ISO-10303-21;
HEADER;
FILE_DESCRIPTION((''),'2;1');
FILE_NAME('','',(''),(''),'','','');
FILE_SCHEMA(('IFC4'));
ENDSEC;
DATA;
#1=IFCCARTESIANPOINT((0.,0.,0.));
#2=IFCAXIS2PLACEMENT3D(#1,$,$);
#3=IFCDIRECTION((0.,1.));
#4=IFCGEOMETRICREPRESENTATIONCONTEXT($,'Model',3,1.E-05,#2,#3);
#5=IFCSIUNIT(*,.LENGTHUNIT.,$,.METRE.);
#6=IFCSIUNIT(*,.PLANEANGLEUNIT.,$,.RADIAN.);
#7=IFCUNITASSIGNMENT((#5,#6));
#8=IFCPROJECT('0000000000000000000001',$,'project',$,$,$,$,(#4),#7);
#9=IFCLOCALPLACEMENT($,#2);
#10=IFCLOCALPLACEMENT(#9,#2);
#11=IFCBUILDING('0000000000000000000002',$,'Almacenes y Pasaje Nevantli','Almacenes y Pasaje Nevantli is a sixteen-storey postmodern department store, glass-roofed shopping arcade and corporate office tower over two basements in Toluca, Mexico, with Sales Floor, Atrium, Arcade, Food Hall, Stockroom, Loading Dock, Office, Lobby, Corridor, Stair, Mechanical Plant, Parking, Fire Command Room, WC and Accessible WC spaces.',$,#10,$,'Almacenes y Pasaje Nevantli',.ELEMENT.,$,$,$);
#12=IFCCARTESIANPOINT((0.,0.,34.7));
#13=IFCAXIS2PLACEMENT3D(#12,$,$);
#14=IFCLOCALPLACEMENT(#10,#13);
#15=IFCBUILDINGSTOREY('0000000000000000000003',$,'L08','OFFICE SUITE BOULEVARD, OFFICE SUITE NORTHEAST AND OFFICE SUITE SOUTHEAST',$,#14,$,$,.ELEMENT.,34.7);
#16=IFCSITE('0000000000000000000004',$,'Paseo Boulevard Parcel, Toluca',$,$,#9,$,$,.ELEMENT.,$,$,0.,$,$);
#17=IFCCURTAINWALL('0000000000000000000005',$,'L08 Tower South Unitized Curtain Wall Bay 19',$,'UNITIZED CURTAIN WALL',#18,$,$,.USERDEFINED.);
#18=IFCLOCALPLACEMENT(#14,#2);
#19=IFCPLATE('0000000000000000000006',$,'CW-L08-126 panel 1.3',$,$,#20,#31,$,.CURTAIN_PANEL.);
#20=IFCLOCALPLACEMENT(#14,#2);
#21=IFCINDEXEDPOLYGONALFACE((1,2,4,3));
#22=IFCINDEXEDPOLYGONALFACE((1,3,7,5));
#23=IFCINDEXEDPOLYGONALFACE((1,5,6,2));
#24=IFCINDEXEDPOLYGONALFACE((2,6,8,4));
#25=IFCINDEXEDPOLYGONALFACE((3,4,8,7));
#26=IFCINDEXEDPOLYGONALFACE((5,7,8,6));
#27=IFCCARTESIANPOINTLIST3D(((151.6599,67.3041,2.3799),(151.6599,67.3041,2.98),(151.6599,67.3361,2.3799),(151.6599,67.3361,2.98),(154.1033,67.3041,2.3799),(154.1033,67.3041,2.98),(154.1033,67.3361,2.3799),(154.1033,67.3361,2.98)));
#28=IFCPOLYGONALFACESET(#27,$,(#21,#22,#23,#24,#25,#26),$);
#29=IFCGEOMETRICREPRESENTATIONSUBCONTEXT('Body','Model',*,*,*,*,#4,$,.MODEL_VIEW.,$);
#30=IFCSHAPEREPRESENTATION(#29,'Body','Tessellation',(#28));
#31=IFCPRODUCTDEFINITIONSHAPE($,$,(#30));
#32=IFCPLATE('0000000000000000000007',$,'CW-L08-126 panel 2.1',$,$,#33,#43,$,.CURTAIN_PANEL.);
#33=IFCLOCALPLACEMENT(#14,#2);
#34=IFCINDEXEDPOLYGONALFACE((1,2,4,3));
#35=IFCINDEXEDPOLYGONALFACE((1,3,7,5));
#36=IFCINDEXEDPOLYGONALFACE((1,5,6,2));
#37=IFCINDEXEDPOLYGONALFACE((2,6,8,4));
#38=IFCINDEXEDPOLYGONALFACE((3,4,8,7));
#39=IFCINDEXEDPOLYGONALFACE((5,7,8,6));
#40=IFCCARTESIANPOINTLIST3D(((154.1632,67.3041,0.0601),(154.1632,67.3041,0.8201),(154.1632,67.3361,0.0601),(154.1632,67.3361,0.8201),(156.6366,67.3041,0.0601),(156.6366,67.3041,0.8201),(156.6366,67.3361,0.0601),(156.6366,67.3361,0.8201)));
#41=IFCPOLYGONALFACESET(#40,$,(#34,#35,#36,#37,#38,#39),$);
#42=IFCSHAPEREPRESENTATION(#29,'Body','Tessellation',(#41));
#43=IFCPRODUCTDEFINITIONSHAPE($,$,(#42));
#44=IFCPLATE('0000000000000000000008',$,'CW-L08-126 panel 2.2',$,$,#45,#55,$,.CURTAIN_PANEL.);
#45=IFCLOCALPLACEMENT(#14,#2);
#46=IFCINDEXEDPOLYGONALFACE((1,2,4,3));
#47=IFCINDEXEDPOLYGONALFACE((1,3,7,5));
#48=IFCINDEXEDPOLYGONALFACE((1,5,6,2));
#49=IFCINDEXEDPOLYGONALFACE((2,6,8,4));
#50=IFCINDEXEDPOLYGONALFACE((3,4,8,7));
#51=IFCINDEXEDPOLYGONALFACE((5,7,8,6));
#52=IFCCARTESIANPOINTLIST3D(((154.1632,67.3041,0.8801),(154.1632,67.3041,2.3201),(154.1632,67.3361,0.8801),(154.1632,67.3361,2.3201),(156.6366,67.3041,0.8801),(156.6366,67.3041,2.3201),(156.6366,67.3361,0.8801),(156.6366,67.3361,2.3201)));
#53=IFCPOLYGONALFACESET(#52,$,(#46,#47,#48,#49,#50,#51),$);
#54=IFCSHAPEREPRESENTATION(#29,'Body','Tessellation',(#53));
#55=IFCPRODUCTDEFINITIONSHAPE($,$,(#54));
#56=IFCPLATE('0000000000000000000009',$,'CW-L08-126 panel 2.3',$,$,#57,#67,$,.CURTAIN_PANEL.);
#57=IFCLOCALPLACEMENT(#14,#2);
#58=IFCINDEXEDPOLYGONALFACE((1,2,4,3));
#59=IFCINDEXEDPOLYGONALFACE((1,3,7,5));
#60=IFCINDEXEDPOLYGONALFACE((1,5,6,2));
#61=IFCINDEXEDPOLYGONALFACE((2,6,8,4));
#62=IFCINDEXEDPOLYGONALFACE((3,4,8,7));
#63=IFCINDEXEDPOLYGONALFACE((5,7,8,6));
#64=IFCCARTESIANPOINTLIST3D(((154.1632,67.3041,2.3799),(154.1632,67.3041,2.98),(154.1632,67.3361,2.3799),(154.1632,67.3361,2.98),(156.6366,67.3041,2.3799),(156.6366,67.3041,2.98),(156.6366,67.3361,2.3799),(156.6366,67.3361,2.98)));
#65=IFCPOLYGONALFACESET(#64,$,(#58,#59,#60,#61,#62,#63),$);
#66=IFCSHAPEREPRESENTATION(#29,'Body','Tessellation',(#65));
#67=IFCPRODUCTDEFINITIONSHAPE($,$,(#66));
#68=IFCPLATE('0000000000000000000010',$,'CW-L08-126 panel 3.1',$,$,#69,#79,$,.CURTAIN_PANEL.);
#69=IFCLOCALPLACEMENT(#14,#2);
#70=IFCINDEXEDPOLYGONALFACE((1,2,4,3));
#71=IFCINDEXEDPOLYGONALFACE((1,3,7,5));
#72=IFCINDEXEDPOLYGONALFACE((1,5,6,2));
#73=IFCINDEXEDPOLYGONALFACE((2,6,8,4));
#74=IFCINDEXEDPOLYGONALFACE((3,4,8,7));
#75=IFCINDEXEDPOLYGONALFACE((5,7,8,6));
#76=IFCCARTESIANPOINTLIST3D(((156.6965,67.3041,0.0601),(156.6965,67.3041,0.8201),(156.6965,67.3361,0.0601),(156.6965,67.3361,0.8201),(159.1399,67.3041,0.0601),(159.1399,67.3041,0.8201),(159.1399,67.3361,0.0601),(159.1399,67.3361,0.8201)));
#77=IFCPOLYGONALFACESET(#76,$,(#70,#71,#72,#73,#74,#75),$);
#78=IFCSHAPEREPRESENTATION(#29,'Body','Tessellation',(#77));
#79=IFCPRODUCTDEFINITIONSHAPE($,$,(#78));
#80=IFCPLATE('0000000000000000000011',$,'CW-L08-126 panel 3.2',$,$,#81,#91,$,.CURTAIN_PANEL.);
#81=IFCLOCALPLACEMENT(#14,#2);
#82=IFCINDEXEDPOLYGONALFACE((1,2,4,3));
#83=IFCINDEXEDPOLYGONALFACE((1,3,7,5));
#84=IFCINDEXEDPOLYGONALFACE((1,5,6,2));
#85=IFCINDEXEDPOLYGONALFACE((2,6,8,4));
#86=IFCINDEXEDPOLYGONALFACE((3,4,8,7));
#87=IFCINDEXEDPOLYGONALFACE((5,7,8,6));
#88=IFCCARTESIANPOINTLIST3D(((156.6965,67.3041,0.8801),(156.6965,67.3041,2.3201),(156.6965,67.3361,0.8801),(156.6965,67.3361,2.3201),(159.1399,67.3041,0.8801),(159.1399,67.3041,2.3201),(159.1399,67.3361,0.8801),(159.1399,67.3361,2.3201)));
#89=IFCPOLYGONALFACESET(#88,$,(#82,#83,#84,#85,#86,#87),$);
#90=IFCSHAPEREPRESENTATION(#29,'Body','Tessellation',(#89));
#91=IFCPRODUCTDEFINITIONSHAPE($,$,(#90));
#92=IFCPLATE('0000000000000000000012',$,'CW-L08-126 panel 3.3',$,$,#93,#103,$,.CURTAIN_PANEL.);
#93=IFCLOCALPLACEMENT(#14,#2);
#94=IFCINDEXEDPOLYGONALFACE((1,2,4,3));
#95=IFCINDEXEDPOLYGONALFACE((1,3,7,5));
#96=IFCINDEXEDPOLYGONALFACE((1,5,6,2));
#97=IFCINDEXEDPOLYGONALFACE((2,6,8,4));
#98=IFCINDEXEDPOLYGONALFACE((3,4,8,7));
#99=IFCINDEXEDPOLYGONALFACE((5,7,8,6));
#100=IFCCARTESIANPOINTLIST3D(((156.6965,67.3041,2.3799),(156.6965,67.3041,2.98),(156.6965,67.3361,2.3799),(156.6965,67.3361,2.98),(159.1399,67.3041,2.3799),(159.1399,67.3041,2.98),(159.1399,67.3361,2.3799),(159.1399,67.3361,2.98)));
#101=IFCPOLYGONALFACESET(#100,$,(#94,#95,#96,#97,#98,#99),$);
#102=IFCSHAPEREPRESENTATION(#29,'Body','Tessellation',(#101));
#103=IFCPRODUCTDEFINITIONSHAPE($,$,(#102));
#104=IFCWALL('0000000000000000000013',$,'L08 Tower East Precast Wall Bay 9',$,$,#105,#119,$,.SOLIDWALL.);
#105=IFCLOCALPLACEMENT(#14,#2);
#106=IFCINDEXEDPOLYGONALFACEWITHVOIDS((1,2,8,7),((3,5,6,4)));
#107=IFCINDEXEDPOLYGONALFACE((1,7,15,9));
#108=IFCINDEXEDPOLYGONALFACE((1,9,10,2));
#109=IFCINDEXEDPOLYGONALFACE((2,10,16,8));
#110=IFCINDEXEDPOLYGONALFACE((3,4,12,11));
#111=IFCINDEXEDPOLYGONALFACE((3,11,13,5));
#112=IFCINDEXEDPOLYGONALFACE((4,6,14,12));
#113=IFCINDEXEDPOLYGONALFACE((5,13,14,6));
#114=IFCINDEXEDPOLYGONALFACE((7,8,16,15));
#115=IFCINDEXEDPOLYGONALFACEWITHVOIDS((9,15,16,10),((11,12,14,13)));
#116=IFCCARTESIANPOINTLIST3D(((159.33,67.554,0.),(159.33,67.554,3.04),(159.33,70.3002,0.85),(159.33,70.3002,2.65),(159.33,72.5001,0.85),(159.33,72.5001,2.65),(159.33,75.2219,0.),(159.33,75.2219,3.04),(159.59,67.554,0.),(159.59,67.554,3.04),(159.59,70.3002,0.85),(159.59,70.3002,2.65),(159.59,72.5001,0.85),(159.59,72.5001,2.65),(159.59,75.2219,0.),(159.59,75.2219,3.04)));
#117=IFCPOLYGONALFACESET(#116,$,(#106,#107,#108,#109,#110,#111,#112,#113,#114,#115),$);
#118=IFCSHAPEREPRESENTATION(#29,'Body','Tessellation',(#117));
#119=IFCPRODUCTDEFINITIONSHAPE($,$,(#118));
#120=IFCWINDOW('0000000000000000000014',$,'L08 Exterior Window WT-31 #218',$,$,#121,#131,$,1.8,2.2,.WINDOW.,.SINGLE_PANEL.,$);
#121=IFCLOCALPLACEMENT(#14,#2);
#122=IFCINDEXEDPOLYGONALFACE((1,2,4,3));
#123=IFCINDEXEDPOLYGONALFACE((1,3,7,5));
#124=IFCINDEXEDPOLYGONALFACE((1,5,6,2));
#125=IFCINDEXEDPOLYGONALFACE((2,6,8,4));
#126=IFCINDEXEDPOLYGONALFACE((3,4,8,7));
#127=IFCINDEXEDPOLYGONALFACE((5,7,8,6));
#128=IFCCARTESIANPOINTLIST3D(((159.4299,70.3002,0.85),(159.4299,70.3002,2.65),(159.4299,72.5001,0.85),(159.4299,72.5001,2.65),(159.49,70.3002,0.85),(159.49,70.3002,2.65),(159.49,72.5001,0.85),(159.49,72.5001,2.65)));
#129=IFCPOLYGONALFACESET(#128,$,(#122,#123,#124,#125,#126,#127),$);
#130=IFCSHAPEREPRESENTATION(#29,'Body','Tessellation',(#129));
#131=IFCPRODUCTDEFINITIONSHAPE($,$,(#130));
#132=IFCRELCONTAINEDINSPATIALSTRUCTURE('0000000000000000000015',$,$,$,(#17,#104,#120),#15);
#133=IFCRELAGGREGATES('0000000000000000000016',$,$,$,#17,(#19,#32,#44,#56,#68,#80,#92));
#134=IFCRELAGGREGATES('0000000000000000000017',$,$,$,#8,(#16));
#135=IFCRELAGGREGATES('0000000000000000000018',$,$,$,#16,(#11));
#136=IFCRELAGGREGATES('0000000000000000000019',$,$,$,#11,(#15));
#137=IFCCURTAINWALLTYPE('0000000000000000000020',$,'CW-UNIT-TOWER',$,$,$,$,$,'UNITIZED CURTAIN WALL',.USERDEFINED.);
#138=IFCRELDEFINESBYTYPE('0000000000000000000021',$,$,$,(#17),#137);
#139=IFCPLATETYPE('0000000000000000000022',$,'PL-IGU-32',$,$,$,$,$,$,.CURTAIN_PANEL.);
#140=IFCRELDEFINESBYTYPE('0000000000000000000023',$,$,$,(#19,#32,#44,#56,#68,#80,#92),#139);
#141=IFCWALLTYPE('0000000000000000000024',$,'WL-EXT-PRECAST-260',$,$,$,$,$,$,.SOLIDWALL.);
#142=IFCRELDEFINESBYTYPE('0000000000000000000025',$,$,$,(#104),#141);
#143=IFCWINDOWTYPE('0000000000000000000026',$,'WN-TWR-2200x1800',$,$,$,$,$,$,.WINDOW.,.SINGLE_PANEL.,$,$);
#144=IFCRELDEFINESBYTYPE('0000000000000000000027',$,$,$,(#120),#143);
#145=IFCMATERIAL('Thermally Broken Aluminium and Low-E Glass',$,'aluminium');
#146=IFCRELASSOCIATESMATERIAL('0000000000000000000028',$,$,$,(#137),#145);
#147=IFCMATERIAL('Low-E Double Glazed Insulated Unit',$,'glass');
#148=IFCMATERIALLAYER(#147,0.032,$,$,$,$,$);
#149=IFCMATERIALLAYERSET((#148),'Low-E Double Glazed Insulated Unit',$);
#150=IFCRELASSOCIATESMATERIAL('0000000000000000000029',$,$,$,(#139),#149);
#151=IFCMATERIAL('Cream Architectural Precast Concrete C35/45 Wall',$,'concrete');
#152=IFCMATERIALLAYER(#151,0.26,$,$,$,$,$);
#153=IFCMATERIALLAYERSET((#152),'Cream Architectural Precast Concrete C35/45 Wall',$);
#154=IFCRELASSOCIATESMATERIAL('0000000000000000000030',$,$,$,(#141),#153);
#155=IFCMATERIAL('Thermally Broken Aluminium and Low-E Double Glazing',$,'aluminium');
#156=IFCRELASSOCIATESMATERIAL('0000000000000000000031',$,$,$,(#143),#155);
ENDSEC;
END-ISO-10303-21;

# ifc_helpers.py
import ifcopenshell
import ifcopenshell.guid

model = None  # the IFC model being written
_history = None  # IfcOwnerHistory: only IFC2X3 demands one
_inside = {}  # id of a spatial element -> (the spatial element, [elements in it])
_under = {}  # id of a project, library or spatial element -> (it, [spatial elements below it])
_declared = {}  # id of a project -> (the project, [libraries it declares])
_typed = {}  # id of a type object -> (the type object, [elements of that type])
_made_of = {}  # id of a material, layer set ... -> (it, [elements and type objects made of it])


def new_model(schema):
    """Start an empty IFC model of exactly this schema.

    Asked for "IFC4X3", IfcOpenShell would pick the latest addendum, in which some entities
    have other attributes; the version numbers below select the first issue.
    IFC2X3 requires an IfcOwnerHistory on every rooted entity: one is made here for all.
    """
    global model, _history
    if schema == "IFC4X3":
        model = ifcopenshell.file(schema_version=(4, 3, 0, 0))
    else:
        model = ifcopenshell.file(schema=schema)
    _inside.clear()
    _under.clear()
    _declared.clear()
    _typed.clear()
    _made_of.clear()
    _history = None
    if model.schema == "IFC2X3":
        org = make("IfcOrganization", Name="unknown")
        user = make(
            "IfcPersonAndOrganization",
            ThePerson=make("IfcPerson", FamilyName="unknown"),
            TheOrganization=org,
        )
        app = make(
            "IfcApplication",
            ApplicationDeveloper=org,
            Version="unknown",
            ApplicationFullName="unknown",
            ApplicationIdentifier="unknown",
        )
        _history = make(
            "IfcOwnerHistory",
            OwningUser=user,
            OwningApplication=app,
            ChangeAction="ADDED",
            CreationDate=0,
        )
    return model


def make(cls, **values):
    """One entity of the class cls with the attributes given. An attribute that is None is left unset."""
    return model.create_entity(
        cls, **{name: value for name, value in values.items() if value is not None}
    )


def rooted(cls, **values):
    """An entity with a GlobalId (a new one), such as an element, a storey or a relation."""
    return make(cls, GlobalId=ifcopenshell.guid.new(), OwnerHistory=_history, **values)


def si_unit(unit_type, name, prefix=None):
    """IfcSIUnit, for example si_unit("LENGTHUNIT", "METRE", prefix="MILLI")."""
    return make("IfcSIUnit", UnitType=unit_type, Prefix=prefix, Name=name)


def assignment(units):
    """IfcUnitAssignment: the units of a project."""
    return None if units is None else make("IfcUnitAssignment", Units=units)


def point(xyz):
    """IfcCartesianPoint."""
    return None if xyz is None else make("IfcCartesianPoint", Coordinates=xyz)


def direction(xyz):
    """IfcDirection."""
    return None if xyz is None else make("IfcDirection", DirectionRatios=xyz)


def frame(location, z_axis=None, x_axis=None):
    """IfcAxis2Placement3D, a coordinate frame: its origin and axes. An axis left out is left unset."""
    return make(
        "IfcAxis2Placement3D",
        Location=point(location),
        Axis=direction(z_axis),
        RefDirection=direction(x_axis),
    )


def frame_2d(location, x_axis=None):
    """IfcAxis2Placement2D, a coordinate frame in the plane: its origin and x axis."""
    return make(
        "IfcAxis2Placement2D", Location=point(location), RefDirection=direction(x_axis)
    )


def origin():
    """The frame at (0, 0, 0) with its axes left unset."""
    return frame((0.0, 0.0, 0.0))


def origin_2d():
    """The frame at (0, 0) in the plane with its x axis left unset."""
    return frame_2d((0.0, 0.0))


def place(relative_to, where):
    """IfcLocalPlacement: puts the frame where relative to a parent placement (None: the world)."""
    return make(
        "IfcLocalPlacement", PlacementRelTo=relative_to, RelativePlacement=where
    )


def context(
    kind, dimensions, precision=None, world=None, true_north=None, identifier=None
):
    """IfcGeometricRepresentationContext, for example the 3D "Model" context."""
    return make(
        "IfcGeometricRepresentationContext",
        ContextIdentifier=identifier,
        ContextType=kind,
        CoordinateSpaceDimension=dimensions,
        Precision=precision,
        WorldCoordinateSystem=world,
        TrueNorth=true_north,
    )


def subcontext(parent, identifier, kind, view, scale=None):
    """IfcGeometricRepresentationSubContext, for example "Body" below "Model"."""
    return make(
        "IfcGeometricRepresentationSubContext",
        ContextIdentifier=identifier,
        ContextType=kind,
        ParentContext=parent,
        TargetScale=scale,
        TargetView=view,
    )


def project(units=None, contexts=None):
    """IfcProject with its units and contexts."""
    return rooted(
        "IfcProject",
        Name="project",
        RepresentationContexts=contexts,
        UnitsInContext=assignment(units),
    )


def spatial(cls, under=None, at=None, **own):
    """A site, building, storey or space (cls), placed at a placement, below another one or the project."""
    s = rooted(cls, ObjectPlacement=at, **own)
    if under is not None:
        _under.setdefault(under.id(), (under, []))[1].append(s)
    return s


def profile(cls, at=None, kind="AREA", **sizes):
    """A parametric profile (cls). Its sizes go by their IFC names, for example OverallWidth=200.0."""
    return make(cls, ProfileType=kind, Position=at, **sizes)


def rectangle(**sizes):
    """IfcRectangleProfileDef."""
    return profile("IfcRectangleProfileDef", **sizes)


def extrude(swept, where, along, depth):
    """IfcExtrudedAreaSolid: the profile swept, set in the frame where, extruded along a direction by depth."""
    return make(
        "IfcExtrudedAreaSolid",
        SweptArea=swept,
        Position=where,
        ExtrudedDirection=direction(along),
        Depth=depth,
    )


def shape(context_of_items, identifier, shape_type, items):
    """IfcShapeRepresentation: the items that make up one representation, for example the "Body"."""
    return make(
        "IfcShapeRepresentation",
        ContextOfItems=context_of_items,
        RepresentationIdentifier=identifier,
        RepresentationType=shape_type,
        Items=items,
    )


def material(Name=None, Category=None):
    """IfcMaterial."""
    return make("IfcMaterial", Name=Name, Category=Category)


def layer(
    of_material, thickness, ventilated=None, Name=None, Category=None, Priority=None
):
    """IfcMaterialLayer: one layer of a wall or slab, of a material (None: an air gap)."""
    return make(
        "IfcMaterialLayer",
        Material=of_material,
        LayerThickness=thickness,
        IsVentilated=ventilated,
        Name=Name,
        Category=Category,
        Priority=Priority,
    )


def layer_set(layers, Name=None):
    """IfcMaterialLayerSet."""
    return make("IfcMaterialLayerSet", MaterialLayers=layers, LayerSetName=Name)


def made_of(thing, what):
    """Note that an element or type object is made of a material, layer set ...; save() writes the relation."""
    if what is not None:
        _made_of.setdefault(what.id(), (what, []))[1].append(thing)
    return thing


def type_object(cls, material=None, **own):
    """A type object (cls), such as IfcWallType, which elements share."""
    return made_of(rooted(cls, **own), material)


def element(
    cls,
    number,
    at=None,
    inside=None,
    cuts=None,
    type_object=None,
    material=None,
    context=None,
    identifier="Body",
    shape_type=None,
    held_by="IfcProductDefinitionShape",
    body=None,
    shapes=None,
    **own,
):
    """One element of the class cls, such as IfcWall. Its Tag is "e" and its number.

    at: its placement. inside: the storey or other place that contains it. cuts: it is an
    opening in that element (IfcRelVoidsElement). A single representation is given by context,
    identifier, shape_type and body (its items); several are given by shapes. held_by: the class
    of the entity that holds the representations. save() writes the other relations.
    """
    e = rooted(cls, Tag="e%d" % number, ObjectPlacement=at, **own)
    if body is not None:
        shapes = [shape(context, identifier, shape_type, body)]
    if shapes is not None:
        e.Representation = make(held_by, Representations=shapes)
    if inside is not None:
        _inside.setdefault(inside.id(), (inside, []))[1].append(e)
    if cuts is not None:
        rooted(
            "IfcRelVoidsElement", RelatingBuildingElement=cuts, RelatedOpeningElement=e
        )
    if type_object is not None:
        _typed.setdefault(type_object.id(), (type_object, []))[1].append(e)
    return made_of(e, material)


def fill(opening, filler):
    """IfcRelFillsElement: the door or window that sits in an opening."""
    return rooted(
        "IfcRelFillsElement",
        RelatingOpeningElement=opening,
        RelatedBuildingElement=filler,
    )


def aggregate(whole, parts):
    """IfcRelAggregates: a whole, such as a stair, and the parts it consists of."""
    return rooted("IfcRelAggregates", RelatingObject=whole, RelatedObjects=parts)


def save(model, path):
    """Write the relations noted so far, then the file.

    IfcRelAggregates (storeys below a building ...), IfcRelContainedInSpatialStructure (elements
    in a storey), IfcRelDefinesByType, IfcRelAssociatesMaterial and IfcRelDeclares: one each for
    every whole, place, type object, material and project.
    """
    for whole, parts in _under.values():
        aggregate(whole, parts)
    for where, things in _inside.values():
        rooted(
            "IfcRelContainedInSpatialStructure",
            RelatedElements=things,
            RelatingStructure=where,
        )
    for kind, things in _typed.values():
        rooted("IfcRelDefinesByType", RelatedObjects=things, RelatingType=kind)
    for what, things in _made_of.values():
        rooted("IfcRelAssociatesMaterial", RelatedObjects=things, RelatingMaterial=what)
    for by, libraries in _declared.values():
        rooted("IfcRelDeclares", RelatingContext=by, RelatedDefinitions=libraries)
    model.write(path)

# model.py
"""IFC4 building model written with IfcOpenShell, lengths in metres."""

from ifc_helpers import new_model, si_unit, direction, frame, frame_2d, origin, origin_2d, place, context, subcontext, project, spatial, rectangle, extrude, material, layer, layer_set, type_object, element, fill, aggregate, save


model = new_model("IFC4")

# Units and contexts
model_context = context("Model", 3, precision=1e-05, world=origin(), true_north=direction((0.0, 1.0)))
body_context = subcontext(model_context, "Body", "Model", "MODEL_VIEW")
ifc_project = project(units=[si_unit("LENGTHUNIT", "METRE"), si_unit("PLANEANGLEUNIT", "RADIAN")], contexts=[model_context])

# Site, building, storey
site_placement = place(None, origin())
site = spatial("IfcSite", under=ifc_project, at=site_placement, Name="Paseo Boulevard Parcel, Toluca", CompositionType="ELEMENT", RefElevation=0.0)
building_placement = place(site_placement, origin())
building = spatial("IfcBuilding", under=site, at=building_placement, Name="Almacenes y Pasaje Nevantli", Description="Almacenes y Pasaje Nevantli is a sixteen-storey postmodern department store, glass-roofed shopping arcade and corporate office tower over two basements in Toluca, Mexico, with Sales Floor, Atrium, Arcade, Food Hall, Stockroom, Loading Dock, Office, Lobby, Corridor, Stair, Mechanical Plant, Parking, Fire Command Room, WC and Accessible WC spaces.", LongName="Almacenes y Pasaje Nevantli", CompositionType="ELEMENT")
storey_placement = place(building_placement, frame((0.0, 0.0, 34.7)))
storey = spatial("IfcBuildingStorey", under=building, at=storey_placement, Name="L08", Description="OFFICE SUITE BOULEVARD, OFFICE SUITE NORTHEAST AND OFFICE SUITE SOUTHEAST", CompositionType="ELEMENT", Elevation=34.7)

# Curtain wall, plates
ifc_material_1 = material(Name="Thermally Broken Aluminium and Low-E Glass", Category="aluminium")
curtain_wall_type = type_object("IfcCurtainWallType", Name="CW-UNIT-TOWER", ElementType="UNITIZED CURTAIN WALL", PredefinedType="USERDEFINED", material=ifc_material_1)
curtain_wall_placement = place(storey_placement, origin())
curtain_wall = element("IfcCurtainWall", 1, at=curtain_wall_placement, inside=storey, type_object=curtain_wall_type, Name="L08 Tower South Unitized Curtain Wall Bay 19", ObjectType="UNITIZED CURTAIN WALL", PredefinedType="USERDEFINED")
ifc_material_2 = material(Name="Low-E Double Glazed Insulated Unit", Category="glass")
ifc_layer_1 = layer(ifc_material_2, 0.032)
ifc_layer_set_1 = layer_set([ifc_layer_1], Name="Low-E Double Glazed Insulated Unit")
plate_type = type_object("IfcPlateType", Name="PL-IGU-32", PredefinedType="CURTAIN_PANEL", material=ifc_layer_set_1)
plate_1_placement = place(storey_placement, frame((152.8816, 67.3201, 2.3799), z_axis=(0.0, 0.0, 1.0), x_axis=(1.0, 0.0, 0.0)))
plate_1 = element("IfcPlate", 2, at=plate_1_placement, type_object=plate_type, Name="CW-L08-126 panel 1.3", PredefinedType="CURTAIN_PANEL", context=body_context, shape_type="SweptSolid", body=[
    extrude(rectangle(XDim=2.4434, YDim=0.032, at=origin_2d()), origin(), (0.0, 0.0, 1.0), 0.6001),
])
plate_2_placement = place(storey_placement, frame((155.3999, 67.3201, 0.0601), z_axis=(0.0, 0.0, 1.0), x_axis=(1.0, 0.0, 0.0)))
plate_2 = element("IfcPlate", 3, at=plate_2_placement, type_object=plate_type, Name="CW-L08-126 panel 2.1", PredefinedType="CURTAIN_PANEL", context=body_context, shape_type="SweptSolid", body=[
    extrude(rectangle(XDim=2.4734, YDim=0.032, at=origin_2d()), origin(), (0.0, 0.0, 1.0), 0.76),
])
plate_3_placement = place(storey_placement, frame((155.3999, 67.3201, 0.8801), z_axis=(0.0, 0.0, 1.0), x_axis=(1.0, 0.0, 0.0)))
plate_3 = element("IfcPlate", 4, at=plate_3_placement, type_object=plate_type, Name="CW-L08-126 panel 2.2", PredefinedType="CURTAIN_PANEL", context=body_context, shape_type="SweptSolid", body=[
    extrude(rectangle(XDim=2.4734, YDim=0.032, at=origin_2d()), origin(), (0.0, 0.0, 1.0), 1.4399),
])
plate_4_placement = place(storey_placement, frame((155.3999, 67.3201, 2.3799), z_axis=(0.0, 0.0, 1.0), x_axis=(1.0, 0.0, 0.0)))
plate_4 = element("IfcPlate", 5, at=plate_4_placement, type_object=plate_type, Name="CW-L08-126 panel 2.3", PredefinedType="CURTAIN_PANEL", context=body_context, shape_type="SweptSolid", body=[
    extrude(rectangle(XDim=2.4734, YDim=0.032, at=origin_2d()), origin(), (0.0, 0.0, 1.0), 0.6001),
])
plate_5_placement = place(storey_placement, frame((157.9182, 67.3201, 0.0601), z_axis=(0.0, 0.0, 1.0), x_axis=(1.0, 0.0, 0.0)))
plate_5 = element("IfcPlate", 6, at=plate_5_placement, type_object=plate_type, Name="CW-L08-126 panel 3.1", PredefinedType="CURTAIN_PANEL", context=body_context, shape_type="SweptSolid", body=[
    extrude(rectangle(XDim=2.4434, YDim=0.032, at=origin_2d()), origin(), (0.0, 0.0, 1.0), 0.76),
])
plate_6_placement = place(storey_placement, frame((157.9182, 67.3201, 0.8801), z_axis=(0.0, 0.0, 1.0), x_axis=(1.0, 0.0, 0.0)))
plate_6 = element("IfcPlate", 7, at=plate_6_placement, type_object=plate_type, Name="CW-L08-126 panel 3.2", PredefinedType="CURTAIN_PANEL", context=body_context, shape_type="SweptSolid", body=[
    extrude(rectangle(XDim=2.4434, YDim=0.032, at=origin_2d()), origin(), (0.0, 0.0, 1.0), 1.4399),
])
plate_7_placement = place(storey_placement, frame((157.9182, 67.3201, 2.3799), z_axis=(0.0, 0.0, 1.0), x_axis=(1.0, 0.0, 0.0)))
plate_7 = element("IfcPlate", 8, at=plate_7_placement, type_object=plate_type, Name="CW-L08-126 panel 3.3", PredefinedType="CURTAIN_PANEL", context=body_context, shape_type="SweptSolid", body=[
    extrude(rectangle(XDim=2.4434, YDim=0.032, at=origin_2d()), origin(), (0.0, 0.0, 1.0), 0.6001),
])
aggregate(curtain_wall, [plate_1, plate_2, plate_3, plate_4, plate_5, plate_6, plate_7])

# Wall, opening, window
ifc_material_3 = material(Name="Cream Architectural Precast Concrete C35/45 Wall", Category="concrete")
ifc_layer_2 = layer(ifc_material_3, 0.26)
ifc_layer_set_2 = layer_set([ifc_layer_2], Name="Cream Architectural Precast Concrete C35/45 Wall")
wall_type = type_object("IfcWallType", Name="WL-EXT-PRECAST-260", PredefinedType="SOLIDWALL", material=ifc_layer_set_2)
wall_placement = place(storey_placement, frame((159.46, 67.554, 0.0), z_axis=(0.0, 0.0, 1.0), x_axis=(0.0, 1.0, 0.0)))
wall = element("IfcWall", 9, at=wall_placement, inside=storey, type_object=wall_type, Name="L08 Tower East Precast Wall Bay 9", PredefinedType="SOLIDWALL", context=body_context, shape_type="SweptSolid", body=[
    extrude(rectangle(XDim=7.668, YDim=0.26, at=frame_2d((3.834, 0.0))), origin(), (0.0, 0.0, 1.0), 3.04),
])
opening_placement = place(wall_placement, frame((2.7461, 0.0, 0.8501)))
opening = element("IfcOpeningElement", 10, at=opening_placement, cuts=wall, PredefinedType="OPENING", context=body_context, shape_type="SweptSolid", body=[
    extrude(rectangle(XDim=2.2, YDim=1.8, at=frame_2d((1.1001, 0.8999))), frame((0.0, 0.1399, 0.0), z_axis=(0.0, -1.0, 0.0), x_axis=(1.0, 0.0, 0.0)), (0.0, 0.0, 1.0), 0.28),
])
ifc_material_4 = material(Name="Thermally Broken Aluminium and Low-E Double Glazing", Category="aluminium")
window_type = type_object("IfcWindowType", Name="WN-TWR-2200x1800", PartitioningType="SINGLE_PANEL", PredefinedType="WINDOW", material=ifc_material_4)
window_placement = place(opening_placement, origin())
window = element("IfcWindow", 11, at=window_placement, inside=storey, type_object=window_type, Name="L08 Exterior Window WT-31 #218", OverallHeight=1.8, OverallWidth=2.2, PartitioningType="SINGLE_PANEL", PredefinedType="WINDOW", context=body_context, shape_type="SweptSolid", body=[
    extrude(rectangle(XDim=2.2, YDim=1.8, at=frame_2d((1.1001, 0.8999))), frame((0.0, 0.03, 0.0), z_axis=(0.0, -1.0, 0.0), x_axis=(1.0, 0.0, 0.0)), (0.0, 0.0, 1.0), 0.0601),
])
fill(opening, window)

save(model, "model.ifc")
